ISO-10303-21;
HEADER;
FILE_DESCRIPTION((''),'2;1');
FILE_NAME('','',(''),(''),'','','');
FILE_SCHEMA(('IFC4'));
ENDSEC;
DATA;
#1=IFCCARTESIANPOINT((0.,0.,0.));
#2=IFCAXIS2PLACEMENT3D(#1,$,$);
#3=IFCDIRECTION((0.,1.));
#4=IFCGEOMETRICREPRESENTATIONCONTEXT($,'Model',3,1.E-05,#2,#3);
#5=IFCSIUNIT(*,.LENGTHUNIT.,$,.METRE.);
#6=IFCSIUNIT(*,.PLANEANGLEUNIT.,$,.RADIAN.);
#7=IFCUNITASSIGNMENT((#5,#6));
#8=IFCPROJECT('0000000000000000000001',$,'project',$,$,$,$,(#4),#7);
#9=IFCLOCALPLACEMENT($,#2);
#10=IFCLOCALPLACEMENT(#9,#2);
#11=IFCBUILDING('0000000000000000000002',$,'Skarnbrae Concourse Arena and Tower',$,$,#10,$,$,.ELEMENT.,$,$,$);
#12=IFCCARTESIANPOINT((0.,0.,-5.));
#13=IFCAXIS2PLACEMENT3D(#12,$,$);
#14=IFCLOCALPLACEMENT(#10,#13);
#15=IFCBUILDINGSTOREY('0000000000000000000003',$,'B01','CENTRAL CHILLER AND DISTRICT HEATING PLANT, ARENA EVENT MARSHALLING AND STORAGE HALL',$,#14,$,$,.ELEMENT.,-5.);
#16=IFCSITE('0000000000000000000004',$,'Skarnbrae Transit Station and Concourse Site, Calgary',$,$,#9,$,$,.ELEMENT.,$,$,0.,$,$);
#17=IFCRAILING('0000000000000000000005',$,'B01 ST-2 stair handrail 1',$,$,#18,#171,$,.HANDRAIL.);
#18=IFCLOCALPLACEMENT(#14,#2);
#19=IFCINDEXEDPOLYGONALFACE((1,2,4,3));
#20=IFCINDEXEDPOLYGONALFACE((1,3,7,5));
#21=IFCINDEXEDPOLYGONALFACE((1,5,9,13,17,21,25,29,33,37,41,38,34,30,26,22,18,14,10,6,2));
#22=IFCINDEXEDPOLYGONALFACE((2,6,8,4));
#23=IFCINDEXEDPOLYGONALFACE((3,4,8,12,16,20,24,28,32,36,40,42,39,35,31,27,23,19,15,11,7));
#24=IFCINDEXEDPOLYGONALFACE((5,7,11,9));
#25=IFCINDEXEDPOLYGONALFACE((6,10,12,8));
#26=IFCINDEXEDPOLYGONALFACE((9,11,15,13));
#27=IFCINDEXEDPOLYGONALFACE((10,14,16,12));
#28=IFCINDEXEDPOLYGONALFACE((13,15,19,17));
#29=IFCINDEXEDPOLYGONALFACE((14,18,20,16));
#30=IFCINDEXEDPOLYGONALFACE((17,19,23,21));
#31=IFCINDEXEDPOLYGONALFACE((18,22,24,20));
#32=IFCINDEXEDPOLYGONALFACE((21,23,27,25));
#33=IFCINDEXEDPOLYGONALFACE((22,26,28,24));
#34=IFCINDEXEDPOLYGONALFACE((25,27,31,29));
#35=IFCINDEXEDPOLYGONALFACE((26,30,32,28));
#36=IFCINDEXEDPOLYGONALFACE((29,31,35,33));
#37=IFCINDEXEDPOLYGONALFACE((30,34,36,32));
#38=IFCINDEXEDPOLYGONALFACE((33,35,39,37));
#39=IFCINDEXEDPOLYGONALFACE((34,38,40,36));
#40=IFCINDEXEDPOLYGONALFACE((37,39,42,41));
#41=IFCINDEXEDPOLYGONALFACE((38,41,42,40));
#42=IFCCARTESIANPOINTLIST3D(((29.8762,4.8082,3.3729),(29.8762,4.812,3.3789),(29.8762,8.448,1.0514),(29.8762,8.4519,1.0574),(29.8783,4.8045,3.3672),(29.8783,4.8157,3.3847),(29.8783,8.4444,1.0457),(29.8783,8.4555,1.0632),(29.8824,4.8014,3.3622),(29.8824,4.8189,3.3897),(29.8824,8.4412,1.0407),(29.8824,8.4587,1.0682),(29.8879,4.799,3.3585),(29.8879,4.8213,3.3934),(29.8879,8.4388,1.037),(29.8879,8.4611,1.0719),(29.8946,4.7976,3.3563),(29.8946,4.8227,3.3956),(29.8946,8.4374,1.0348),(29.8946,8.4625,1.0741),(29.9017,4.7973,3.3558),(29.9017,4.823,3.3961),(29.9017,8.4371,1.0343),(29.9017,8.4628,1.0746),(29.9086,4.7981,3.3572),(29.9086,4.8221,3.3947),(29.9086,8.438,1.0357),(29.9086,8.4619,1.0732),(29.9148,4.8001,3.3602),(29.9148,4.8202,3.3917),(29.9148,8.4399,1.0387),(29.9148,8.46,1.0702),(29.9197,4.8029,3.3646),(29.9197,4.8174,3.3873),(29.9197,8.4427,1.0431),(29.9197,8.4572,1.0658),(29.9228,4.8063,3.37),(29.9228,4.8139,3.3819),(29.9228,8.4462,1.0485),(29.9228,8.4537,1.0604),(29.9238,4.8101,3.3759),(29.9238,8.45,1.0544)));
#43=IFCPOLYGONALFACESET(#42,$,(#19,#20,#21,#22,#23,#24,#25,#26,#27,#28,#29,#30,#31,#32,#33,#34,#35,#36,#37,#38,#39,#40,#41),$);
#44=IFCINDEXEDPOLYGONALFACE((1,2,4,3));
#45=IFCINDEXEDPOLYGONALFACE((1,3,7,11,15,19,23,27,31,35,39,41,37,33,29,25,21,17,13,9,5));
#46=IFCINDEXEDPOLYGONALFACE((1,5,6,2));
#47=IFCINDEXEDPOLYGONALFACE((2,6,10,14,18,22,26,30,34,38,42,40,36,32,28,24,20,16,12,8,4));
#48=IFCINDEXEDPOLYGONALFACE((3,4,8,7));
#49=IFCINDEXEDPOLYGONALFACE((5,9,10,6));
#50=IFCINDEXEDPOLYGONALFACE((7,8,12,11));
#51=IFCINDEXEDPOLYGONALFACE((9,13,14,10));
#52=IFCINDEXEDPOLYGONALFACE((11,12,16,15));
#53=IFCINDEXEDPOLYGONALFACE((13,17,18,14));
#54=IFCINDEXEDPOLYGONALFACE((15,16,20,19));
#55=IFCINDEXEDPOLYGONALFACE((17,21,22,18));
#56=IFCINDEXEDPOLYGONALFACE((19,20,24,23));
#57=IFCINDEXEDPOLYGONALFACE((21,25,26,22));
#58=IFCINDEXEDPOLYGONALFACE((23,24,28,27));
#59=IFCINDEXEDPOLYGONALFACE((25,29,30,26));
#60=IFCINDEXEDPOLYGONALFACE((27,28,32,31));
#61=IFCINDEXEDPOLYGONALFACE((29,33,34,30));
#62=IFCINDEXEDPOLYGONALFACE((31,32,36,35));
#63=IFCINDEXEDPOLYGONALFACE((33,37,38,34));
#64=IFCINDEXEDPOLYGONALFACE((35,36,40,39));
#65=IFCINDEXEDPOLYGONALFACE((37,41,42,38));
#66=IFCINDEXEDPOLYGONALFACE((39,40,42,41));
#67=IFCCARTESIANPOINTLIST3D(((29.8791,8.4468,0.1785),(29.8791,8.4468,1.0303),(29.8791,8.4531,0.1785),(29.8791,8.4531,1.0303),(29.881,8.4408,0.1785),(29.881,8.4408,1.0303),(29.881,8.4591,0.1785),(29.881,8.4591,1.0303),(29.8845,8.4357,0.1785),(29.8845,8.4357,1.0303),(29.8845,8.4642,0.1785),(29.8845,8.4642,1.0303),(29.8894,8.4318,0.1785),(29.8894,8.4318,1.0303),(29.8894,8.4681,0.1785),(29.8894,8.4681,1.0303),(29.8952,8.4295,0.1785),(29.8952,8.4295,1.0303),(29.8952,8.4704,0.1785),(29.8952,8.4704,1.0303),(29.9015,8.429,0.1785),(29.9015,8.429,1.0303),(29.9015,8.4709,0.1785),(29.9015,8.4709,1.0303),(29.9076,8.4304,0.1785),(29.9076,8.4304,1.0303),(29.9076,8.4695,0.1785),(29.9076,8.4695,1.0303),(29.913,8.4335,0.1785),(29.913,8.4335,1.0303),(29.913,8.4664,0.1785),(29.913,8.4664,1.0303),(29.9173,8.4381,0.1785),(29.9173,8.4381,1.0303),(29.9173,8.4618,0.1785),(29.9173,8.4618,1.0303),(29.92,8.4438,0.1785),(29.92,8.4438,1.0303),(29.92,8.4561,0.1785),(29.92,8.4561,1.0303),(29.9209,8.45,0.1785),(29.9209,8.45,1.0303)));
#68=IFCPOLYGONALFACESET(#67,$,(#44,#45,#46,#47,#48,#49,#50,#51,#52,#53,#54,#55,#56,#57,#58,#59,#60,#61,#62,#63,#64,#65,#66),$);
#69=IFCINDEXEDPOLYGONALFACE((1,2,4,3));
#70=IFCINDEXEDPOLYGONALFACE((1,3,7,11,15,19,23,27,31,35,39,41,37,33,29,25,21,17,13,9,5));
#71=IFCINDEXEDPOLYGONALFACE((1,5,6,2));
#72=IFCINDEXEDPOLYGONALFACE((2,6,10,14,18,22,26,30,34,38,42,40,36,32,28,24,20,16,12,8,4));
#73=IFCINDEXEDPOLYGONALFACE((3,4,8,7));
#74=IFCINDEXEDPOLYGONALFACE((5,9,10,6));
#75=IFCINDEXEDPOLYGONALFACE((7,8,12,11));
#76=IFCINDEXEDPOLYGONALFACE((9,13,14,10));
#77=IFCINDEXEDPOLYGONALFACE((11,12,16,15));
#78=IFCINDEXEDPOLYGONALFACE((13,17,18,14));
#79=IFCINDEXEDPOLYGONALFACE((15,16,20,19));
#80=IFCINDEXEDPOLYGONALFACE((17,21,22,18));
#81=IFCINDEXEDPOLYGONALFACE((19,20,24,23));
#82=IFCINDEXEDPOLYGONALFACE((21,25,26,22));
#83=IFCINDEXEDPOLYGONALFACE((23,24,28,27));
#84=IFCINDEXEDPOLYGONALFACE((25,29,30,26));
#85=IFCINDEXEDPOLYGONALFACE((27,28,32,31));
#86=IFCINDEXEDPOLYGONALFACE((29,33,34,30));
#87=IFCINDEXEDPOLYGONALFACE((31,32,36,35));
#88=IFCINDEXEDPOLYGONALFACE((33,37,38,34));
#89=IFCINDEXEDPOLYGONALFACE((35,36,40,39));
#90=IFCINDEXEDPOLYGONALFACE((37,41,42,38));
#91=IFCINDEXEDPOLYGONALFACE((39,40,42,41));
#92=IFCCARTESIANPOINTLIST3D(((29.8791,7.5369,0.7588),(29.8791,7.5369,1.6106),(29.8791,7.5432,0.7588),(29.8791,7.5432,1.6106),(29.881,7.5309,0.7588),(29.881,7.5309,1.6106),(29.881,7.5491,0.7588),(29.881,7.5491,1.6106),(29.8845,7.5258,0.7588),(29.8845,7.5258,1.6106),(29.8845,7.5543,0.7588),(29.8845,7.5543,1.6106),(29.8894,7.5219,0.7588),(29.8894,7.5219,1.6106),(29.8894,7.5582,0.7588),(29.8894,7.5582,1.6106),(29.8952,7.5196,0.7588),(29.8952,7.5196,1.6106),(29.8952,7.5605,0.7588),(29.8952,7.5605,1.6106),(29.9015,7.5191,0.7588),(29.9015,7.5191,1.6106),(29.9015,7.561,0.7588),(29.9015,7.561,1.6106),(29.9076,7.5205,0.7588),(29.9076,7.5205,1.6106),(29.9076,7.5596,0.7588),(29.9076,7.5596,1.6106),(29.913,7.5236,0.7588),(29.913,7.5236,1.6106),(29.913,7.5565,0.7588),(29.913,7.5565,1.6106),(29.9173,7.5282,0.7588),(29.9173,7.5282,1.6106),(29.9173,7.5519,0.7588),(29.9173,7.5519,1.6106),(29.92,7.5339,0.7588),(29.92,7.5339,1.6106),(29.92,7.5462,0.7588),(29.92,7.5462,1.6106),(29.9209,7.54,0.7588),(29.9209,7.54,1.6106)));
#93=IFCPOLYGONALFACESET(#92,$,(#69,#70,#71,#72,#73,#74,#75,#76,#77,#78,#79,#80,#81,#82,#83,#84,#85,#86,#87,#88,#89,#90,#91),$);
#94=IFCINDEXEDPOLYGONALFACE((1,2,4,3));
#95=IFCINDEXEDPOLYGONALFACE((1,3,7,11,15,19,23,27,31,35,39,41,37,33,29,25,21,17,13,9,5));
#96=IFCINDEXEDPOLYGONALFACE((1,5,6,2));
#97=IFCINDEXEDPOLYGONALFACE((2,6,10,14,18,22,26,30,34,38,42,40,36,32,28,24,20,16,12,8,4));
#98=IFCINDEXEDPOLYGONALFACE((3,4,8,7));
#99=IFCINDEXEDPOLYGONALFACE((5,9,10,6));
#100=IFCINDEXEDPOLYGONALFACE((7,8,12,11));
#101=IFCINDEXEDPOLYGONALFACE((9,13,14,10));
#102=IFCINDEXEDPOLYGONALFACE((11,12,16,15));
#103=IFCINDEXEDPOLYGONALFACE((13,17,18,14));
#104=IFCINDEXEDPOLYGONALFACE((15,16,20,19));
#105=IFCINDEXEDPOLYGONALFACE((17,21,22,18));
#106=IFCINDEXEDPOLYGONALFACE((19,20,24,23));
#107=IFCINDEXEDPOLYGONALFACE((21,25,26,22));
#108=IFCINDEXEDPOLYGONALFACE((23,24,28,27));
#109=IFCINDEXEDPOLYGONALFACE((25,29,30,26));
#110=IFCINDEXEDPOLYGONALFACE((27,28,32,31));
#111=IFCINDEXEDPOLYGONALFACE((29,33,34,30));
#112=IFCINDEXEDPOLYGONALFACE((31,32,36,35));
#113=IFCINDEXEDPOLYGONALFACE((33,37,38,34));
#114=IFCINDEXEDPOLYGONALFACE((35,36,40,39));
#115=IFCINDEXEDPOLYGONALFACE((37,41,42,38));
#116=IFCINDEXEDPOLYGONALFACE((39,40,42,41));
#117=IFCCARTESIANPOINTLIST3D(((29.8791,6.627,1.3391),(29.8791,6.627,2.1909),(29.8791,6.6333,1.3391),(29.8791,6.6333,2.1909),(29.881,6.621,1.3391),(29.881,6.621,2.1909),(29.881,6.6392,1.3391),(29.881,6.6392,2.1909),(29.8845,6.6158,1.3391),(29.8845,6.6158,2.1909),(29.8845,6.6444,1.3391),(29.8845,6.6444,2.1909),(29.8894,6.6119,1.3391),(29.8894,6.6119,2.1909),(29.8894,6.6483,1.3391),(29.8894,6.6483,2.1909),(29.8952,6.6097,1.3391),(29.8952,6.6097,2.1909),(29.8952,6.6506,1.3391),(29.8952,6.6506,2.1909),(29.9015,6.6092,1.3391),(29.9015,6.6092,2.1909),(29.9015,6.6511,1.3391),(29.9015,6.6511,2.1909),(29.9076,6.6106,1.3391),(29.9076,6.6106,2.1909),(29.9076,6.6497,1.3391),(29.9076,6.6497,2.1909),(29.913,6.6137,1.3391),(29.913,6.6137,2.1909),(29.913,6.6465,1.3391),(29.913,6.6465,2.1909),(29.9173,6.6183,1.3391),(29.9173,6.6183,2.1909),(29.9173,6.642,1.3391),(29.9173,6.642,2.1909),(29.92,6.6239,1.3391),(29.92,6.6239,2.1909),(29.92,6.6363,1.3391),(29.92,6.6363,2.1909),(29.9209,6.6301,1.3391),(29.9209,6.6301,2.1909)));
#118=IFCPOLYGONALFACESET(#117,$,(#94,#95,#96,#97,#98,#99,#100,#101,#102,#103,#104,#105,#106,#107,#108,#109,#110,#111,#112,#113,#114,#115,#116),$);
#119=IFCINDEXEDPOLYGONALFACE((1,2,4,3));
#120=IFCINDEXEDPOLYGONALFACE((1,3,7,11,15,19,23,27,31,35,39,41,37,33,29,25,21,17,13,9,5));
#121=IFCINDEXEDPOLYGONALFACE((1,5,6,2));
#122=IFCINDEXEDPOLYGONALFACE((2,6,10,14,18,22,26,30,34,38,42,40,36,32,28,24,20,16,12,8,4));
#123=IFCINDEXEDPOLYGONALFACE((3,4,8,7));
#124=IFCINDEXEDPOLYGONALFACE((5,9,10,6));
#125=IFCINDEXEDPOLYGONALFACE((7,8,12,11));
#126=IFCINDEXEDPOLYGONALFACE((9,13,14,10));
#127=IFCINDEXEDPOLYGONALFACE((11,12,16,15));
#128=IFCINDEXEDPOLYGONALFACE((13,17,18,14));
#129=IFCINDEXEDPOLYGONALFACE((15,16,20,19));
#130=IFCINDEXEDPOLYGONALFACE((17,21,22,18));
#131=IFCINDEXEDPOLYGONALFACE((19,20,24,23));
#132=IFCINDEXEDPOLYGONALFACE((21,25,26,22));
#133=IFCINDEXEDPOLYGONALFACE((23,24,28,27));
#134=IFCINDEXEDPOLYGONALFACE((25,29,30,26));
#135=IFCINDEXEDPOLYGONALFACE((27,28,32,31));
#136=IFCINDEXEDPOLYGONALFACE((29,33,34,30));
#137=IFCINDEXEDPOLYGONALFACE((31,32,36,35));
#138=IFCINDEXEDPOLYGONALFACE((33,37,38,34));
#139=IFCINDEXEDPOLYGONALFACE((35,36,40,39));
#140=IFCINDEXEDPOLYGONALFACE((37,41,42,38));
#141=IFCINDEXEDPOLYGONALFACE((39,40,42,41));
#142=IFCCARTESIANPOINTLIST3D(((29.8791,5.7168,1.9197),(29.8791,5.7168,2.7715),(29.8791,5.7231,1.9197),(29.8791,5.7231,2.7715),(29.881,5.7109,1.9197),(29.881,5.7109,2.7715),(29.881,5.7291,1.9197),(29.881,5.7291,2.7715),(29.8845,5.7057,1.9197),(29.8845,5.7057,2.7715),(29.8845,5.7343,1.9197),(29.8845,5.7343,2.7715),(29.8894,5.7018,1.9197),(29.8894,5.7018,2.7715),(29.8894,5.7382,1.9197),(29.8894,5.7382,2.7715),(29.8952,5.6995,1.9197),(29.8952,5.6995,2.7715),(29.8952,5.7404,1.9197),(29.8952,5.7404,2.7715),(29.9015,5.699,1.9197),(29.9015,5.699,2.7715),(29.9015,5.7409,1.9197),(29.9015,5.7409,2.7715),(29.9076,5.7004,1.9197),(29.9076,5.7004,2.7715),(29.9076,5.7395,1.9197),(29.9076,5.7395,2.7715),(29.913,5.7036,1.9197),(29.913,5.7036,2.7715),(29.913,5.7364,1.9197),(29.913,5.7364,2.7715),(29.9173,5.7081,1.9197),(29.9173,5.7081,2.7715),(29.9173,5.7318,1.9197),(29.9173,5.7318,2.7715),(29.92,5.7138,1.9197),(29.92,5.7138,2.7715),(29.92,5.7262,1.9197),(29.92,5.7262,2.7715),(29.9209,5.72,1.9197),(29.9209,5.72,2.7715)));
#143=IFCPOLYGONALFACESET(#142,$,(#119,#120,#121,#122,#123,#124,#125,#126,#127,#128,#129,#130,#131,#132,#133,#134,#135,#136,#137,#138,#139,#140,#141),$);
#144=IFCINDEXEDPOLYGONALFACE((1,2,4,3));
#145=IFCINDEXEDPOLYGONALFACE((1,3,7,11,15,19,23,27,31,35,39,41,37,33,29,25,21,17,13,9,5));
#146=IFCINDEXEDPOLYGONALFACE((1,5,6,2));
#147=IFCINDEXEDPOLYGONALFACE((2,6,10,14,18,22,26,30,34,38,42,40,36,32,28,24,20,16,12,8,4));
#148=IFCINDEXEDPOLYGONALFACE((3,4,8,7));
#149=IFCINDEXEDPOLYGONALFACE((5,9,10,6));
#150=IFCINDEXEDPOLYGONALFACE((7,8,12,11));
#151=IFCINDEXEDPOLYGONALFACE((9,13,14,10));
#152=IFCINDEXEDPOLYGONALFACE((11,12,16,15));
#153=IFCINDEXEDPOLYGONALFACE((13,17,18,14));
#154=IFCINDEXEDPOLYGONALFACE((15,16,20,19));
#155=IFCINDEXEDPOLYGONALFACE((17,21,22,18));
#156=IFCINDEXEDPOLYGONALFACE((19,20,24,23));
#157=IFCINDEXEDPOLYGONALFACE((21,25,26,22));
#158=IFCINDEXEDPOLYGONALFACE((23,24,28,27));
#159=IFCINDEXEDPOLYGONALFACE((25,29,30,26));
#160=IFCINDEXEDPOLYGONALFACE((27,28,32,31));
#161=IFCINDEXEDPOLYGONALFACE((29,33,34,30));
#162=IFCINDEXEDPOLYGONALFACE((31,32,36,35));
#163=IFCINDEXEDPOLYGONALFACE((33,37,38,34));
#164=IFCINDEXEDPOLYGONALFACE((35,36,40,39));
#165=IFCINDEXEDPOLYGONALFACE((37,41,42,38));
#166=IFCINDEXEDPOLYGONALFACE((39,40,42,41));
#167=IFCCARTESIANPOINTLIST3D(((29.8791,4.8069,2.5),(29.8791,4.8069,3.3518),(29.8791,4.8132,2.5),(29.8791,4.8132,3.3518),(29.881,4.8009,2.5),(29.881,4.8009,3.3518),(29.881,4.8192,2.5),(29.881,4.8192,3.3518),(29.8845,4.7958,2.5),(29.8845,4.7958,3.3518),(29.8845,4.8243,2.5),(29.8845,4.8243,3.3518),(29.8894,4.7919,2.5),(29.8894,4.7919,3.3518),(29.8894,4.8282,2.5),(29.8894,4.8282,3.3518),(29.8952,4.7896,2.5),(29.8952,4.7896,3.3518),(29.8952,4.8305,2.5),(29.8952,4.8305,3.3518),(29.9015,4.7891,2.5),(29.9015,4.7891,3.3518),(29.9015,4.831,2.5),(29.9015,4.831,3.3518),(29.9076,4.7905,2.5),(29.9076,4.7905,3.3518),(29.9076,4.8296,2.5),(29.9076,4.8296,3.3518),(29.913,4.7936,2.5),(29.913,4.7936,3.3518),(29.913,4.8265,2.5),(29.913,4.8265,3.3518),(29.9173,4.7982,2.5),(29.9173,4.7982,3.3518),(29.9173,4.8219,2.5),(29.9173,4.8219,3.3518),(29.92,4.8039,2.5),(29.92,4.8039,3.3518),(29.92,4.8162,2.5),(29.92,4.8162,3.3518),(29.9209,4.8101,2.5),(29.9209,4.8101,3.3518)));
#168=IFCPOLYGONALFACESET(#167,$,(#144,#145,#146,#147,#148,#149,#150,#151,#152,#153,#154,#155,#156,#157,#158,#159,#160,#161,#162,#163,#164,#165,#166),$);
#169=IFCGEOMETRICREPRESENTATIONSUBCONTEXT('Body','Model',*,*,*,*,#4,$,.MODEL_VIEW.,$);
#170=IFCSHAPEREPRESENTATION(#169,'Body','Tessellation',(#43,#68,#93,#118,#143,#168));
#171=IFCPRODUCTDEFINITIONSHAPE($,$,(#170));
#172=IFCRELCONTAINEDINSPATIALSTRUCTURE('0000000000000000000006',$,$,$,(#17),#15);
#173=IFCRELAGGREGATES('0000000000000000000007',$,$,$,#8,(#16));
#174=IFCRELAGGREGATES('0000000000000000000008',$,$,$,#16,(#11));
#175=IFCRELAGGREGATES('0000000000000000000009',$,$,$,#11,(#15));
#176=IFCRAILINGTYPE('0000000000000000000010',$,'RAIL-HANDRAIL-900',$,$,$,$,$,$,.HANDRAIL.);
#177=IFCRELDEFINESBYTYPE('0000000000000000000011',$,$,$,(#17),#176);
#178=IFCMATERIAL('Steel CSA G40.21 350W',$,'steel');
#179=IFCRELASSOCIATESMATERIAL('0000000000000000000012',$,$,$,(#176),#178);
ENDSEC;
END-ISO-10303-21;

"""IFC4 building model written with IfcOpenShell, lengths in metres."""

from ifc_helpers import new_model, si_unit, direction, frame, origin, origin_2d, place, context, subcontext, project, spatial, circle, extrude, material, type_object, element, save


model = new_model("IFC4")

# Units and contexts
model_context = context("Model", 3, precision=1e-05, world=origin(), true_north=direction((0.0, 1.0)))
body_context = subcontext(model_context, "Body", "Model", "MODEL_VIEW")
ifc_project = project(units=[si_unit("LENGTHUNIT", "METRE"), si_unit("PLANEANGLEUNIT", "RADIAN")], contexts=[model_context])

# Site, building, storey
site_placement = place(None, origin())
site = spatial("IfcSite", under=ifc_project, at=site_placement, Name="Skarnbrae Transit Station and Concourse Site, Calgary", CompositionType="ELEMENT", RefElevation=0.0)
building_placement = place(site_placement, origin())
building = spatial("IfcBuilding", under=site, at=building_placement, Name="Skarnbrae Concourse Arena and Tower", CompositionType="ELEMENT")
storey_placement = place(building_placement, frame((0.0, 0.0, -5.0)))
storey = spatial("IfcBuildingStorey", under=building, at=storey_placement, Name="B01", Description="CENTRAL CHILLER AND DISTRICT HEATING PLANT, ARENA EVENT MARSHALLING AND STORAGE HALL", CompositionType="ELEMENT", Elevation=-5.0)

# Shared definitions
ifc_material_1 = material(Name="Steel CSA G40.21 350W", Category="steel")

# Railing
railing_type_1 = type_object("IfcRailingType", Name="RAIL-HANDRAIL-900", PredefinedType="HANDRAIL", material=ifc_material_1)
railing_1_placement = place(storey_placement, frame((29.8999, 8.45, 0.1785)))
element("IfcRailing", 1, at=railing_1_placement, inside=storey, type_object=railing_type_1, Name="B01 ST-2 stair handrail 1", PredefinedType="HANDRAIL", context=body_context, shape_type="SweptSolid", body=[
    extrude(circle(Radius=0.0239, at=origin_2d()), frame((0.0, 0.0, 0.876), z_axis=(0.0, -0.843112, 0.537739), x_axis=(1.0, 0.0, 0.0)), (0.0, 0.0, 1.0), 4.3171),
    extrude(circle(Radius=0.021, at=origin_2d()), origin(), (0.0, 0.0, 1.0), 0.8518),
    extrude(circle(Radius=0.021, at=origin_2d()), frame((0.0, -0.9099, 0.5803)), (0.0, 0.0, 1.0), 0.8518),
    extrude(circle(Radius=0.021, at=origin_2d()), frame((0.0, -1.8198, 1.1606)), (0.0, 0.0, 1.0), 0.8518),
    extrude(circle(Radius=0.021, at=origin_2d()), frame((0.0, -2.73, 1.7412)), (0.0, 0.0, 1.0), 0.8518),
    extrude(circle(Radius=0.021, at=origin_2d()), frame((0.0, -3.6399, 2.3215)), (0.0, 0.0, 1.0), 0.8518),
])

save(model, "model.ifc")
